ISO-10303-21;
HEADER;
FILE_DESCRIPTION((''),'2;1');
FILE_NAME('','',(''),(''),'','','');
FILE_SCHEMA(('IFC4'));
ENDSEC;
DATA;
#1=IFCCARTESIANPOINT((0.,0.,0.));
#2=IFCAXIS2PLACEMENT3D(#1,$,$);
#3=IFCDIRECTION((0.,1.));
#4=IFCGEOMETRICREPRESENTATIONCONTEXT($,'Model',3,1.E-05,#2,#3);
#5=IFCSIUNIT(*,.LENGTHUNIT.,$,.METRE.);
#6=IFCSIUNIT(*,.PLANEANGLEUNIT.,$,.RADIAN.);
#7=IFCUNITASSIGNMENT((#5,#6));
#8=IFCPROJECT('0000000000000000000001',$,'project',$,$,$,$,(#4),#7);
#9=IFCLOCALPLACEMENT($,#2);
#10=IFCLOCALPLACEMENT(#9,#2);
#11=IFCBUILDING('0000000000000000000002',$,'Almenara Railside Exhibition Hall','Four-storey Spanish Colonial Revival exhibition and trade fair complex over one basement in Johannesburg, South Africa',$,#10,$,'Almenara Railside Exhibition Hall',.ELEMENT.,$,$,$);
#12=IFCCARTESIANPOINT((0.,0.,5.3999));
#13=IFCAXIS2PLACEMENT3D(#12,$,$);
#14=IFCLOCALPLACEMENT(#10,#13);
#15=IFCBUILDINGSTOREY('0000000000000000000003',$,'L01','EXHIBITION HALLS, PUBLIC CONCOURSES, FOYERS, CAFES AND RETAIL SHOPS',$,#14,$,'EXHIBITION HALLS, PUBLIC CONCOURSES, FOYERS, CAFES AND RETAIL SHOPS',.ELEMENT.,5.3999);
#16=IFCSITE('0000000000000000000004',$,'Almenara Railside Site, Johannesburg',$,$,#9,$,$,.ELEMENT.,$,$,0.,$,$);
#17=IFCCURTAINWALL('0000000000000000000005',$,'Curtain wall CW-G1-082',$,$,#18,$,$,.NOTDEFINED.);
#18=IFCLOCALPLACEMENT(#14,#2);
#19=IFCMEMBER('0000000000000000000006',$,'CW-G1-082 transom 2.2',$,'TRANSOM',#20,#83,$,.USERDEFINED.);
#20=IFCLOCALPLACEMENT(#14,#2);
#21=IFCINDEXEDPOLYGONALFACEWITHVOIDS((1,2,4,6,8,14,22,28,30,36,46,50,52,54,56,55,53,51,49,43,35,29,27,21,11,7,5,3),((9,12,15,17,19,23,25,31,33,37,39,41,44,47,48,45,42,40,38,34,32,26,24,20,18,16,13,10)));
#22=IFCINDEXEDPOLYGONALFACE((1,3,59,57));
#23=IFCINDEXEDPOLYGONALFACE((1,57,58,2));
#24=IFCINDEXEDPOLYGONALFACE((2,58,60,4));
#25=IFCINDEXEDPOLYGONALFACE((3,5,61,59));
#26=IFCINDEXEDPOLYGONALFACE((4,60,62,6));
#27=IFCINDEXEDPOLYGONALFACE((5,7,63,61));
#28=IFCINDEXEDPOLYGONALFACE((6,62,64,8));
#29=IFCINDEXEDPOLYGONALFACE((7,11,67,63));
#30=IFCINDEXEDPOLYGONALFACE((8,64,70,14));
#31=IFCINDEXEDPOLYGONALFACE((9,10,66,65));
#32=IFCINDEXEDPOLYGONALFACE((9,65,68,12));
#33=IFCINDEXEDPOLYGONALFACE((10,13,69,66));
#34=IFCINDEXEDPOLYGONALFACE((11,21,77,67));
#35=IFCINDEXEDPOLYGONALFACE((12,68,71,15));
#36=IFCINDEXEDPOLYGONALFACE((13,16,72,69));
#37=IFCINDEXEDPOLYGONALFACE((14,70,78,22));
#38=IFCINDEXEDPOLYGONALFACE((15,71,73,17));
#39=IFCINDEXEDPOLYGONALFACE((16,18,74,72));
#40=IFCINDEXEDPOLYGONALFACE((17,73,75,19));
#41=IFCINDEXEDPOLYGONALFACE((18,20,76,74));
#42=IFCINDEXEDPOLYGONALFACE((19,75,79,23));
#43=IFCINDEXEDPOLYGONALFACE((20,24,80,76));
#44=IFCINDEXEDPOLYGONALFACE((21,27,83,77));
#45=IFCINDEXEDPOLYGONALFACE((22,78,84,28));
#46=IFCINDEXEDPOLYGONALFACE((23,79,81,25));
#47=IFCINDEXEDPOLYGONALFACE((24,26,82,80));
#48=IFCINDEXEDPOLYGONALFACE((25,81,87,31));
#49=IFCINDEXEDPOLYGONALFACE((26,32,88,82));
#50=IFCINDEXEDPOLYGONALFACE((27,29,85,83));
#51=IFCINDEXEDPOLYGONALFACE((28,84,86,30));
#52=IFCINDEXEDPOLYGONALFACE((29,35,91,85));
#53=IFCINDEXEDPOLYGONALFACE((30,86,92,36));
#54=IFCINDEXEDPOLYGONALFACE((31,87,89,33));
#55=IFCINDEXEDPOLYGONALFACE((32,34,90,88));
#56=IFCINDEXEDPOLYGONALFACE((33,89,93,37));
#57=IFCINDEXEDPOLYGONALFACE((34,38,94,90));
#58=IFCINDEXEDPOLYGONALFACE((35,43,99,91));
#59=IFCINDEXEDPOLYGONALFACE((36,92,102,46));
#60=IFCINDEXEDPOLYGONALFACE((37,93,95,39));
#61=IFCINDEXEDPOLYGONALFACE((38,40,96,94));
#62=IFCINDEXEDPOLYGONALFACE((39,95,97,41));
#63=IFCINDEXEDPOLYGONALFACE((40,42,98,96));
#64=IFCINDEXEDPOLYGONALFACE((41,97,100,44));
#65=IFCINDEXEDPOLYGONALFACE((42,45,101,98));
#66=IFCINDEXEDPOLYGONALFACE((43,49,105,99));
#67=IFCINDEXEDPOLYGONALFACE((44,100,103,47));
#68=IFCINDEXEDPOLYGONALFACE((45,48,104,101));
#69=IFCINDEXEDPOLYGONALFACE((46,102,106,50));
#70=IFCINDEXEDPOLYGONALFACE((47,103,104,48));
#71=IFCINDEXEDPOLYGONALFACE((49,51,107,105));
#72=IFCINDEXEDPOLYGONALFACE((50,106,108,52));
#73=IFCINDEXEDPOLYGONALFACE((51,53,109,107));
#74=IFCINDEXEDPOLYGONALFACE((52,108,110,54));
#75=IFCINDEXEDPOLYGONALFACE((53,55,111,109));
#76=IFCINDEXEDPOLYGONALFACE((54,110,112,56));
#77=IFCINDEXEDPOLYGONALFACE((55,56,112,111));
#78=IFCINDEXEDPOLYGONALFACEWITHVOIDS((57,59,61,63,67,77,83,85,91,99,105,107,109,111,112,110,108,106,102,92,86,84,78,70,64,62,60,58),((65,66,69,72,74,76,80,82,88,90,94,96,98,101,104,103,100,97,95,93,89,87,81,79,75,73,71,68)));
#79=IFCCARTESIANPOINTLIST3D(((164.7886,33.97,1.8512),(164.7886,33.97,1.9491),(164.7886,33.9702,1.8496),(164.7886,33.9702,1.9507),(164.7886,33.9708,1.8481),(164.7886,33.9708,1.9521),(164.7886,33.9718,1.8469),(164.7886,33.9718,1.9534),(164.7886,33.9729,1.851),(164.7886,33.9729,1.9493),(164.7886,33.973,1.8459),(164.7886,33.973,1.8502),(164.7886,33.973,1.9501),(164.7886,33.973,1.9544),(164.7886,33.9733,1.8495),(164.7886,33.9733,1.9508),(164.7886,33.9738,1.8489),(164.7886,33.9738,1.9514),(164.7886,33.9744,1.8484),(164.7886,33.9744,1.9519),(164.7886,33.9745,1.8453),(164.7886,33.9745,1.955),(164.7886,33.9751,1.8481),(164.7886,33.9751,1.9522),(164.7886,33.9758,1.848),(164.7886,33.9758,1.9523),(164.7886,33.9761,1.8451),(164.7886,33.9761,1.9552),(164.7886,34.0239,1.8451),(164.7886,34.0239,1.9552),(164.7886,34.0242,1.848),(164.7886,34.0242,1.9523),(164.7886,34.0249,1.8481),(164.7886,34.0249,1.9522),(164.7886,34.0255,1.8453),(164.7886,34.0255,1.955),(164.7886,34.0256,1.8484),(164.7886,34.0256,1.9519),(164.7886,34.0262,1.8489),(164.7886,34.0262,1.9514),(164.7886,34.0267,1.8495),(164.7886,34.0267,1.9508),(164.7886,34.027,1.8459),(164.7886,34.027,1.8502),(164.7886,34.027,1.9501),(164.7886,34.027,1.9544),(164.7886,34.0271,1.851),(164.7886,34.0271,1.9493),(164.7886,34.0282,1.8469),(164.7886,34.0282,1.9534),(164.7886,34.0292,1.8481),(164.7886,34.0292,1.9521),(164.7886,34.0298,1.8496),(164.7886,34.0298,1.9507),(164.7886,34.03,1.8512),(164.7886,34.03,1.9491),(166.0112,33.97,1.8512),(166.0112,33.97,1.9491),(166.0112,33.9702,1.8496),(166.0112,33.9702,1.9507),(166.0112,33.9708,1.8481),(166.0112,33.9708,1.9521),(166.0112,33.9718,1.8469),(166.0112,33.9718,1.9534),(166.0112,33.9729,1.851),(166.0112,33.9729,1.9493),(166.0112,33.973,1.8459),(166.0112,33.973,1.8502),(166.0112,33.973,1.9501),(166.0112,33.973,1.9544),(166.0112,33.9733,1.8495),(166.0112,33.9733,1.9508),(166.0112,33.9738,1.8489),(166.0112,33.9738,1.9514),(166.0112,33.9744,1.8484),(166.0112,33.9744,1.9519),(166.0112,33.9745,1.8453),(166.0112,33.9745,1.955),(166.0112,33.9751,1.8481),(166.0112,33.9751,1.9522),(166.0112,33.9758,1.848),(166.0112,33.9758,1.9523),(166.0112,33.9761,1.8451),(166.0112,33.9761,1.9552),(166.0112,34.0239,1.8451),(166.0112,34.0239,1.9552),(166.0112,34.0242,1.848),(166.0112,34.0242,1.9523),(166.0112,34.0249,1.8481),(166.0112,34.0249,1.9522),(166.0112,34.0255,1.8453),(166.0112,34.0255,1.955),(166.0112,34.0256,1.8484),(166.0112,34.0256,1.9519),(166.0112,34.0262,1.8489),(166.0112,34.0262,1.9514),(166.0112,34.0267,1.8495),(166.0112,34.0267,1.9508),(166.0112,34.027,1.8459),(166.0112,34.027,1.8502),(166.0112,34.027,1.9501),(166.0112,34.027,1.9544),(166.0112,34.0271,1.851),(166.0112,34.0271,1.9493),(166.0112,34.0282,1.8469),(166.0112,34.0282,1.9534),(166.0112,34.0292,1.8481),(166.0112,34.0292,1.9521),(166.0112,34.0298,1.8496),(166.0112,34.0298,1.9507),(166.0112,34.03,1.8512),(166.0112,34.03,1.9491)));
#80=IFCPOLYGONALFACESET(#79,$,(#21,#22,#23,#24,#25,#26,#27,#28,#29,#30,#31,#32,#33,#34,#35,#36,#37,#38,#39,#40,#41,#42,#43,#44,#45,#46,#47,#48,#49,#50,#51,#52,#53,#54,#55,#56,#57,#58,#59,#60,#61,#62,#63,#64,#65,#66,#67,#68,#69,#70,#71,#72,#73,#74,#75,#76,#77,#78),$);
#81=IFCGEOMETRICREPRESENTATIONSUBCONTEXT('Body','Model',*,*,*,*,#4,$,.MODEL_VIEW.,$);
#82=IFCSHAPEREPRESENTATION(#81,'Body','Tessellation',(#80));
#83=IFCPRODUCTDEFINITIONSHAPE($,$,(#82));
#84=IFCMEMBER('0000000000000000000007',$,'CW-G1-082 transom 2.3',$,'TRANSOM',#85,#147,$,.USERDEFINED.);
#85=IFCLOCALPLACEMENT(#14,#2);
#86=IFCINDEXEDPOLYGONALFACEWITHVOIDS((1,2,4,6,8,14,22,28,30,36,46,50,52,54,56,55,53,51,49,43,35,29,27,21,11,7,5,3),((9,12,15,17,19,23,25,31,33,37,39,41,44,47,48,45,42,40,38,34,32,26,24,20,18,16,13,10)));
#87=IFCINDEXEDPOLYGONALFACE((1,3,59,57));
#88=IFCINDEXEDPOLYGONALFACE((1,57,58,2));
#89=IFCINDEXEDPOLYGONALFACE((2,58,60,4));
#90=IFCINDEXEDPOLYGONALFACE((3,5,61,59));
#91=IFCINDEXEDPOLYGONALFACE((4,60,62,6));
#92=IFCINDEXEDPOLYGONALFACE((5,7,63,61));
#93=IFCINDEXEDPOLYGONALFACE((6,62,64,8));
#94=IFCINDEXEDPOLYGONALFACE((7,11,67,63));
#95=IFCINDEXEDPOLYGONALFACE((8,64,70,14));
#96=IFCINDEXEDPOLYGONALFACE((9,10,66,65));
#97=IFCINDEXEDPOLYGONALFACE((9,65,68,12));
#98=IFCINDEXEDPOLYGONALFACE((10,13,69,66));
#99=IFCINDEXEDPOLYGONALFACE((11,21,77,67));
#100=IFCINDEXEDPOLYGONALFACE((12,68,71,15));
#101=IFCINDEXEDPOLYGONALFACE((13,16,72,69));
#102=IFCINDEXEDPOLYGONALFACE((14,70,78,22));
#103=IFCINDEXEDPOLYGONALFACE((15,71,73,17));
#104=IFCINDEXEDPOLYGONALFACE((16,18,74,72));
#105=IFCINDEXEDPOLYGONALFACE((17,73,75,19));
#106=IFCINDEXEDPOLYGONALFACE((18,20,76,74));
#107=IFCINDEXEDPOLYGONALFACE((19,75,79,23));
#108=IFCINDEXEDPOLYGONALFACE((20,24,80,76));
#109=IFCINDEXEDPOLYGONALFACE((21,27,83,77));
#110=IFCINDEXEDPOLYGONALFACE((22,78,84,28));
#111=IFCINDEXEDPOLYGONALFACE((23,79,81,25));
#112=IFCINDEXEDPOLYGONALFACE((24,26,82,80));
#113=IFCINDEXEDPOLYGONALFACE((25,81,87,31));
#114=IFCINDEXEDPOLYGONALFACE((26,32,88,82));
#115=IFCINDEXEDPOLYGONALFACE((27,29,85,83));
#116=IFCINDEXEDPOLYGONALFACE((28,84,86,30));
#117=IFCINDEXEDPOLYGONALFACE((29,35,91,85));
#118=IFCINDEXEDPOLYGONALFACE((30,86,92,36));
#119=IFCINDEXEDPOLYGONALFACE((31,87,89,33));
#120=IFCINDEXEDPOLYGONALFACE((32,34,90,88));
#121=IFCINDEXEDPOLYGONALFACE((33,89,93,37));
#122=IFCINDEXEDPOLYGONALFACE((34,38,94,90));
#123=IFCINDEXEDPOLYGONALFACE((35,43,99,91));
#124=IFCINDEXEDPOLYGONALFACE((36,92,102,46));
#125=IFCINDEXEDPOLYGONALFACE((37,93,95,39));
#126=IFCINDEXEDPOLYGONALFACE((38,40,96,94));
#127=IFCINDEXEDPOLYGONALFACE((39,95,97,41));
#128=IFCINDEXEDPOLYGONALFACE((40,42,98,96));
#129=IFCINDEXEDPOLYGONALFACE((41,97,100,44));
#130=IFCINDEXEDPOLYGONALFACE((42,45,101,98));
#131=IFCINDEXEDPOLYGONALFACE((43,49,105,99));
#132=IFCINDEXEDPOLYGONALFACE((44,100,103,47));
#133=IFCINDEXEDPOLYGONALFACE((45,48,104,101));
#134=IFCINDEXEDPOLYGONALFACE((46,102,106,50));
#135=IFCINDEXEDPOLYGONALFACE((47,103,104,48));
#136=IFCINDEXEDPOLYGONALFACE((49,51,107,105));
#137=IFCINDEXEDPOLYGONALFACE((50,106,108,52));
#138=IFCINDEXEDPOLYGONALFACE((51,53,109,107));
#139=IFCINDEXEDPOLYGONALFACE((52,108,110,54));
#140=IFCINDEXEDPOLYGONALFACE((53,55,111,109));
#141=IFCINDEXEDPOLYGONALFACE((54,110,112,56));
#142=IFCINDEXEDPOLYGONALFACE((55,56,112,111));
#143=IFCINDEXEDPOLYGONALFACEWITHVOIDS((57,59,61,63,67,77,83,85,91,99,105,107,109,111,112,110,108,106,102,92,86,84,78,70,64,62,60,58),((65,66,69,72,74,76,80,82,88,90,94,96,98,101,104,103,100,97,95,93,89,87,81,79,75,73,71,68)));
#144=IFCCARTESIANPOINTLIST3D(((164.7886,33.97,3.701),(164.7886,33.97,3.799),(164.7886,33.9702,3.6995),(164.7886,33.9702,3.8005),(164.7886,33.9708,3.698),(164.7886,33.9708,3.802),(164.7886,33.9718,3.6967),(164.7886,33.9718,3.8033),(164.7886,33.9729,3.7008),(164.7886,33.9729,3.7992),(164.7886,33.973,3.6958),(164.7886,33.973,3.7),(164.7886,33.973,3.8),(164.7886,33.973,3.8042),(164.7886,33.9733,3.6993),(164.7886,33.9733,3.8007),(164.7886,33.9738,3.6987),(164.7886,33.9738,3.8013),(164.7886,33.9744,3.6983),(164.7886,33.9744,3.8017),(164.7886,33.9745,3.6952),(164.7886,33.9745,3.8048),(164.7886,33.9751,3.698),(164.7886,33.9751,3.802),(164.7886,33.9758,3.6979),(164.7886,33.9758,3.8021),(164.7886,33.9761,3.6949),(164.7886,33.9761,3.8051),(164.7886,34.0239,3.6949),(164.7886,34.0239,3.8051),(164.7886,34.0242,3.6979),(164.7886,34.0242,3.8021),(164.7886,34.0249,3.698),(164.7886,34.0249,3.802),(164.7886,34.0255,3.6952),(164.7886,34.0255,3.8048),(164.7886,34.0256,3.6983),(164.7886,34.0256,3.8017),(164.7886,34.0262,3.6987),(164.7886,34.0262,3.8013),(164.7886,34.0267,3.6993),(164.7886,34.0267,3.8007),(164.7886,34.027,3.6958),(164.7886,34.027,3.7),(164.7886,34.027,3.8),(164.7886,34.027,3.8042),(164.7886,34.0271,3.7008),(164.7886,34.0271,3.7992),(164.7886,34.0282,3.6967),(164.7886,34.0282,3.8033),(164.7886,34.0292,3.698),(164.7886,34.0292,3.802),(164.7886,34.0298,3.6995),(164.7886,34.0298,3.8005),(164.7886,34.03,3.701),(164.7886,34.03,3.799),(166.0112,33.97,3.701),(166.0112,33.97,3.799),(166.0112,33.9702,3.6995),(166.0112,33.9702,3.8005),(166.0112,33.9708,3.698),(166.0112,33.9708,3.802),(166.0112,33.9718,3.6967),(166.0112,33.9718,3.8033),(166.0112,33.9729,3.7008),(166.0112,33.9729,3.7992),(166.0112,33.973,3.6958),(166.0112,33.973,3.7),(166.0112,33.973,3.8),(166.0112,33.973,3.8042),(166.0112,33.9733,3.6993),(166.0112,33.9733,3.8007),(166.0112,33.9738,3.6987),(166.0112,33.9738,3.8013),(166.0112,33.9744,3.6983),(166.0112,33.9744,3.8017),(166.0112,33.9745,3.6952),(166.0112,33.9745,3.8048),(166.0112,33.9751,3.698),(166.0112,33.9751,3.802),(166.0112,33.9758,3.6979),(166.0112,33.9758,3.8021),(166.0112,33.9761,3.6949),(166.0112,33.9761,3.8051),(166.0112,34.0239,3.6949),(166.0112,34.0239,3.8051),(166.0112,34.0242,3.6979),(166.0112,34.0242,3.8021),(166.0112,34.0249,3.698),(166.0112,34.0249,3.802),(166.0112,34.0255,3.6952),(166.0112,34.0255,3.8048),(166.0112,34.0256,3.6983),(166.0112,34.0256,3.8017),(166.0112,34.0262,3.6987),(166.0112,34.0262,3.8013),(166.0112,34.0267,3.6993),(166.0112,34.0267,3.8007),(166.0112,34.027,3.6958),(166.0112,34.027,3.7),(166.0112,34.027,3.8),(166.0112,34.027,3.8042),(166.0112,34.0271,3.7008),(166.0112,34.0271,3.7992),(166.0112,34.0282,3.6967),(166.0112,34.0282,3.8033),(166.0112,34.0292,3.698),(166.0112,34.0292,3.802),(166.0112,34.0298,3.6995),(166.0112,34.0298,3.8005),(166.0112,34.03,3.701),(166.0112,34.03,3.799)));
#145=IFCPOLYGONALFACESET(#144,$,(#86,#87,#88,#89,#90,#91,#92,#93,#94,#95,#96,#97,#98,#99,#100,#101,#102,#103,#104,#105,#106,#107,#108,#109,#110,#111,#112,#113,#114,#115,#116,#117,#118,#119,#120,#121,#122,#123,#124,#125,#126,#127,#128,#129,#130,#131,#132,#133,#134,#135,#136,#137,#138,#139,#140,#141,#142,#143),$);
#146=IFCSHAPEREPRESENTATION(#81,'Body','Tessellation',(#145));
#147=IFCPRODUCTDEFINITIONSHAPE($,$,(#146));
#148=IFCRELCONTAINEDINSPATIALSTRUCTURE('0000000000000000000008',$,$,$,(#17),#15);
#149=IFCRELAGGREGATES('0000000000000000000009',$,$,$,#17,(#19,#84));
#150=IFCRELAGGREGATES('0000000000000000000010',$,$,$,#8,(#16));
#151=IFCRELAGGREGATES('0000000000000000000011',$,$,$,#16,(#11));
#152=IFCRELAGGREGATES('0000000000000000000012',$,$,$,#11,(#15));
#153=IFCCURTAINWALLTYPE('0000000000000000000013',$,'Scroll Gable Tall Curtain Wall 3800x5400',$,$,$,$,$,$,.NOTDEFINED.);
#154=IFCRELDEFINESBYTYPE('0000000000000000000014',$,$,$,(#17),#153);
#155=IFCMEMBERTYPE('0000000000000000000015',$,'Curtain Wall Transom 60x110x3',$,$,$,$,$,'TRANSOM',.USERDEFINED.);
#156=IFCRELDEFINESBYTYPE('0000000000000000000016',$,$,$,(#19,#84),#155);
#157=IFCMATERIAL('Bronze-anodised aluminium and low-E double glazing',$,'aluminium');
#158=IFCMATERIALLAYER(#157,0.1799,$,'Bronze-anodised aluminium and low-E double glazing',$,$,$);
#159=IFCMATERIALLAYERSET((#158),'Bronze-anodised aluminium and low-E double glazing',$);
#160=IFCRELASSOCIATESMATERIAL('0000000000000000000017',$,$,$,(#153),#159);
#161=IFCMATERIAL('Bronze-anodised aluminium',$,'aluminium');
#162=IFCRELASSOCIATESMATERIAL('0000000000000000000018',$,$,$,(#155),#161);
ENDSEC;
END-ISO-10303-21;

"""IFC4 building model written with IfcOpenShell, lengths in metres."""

from ifc_helpers import new_model, si_unit, direction, frame, origin, origin_2d, place, context, subcontext, project, spatial, hollow_rectangle, extrude, material, layer, layer_set, material_profile, profile_set, type_object, element, aggregate, save


model = new_model("IFC4")

# Units and contexts
model_context = context("Model", 3, precision=1e-05, world=origin(), true_north=direction((0.0, 1.0)))
body_context = subcontext(model_context, "Body", "Model", "MODEL_VIEW")
ifc_project = project(units=[si_unit("LENGTHUNIT", "METRE"), si_unit("PLANEANGLEUNIT", "RADIAN")], contexts=[model_context])

# Site, building, storey
site_placement = place(None, origin())
site = spatial("IfcSite", under=ifc_project, at=site_placement, Name="Almenara Railside Site, Johannesburg", CompositionType="ELEMENT", RefElevation=0.0)
building_placement = place(site_placement, origin())
building = spatial("IfcBuilding", under=site, at=building_placement, Name="Almenara Railside Exhibition Hall", Description="Four-storey Spanish Colonial Revival exhibition and trade fair complex over one basement in Johannesburg, South Africa", LongName="Almenara Railside Exhibition Hall", CompositionType="ELEMENT")
storey_placement = place(building_placement, frame((0.0, 0.0, 5.3999)))
storey = spatial("IfcBuildingStorey", under=building, at=storey_placement, Name="L01", Description="EXHIBITION HALLS, PUBLIC CONCOURSES, FOYERS, CAFES AND RETAIL SHOPS", LongName="EXHIBITION HALLS, PUBLIC CONCOURSES, FOYERS, CAFES AND RETAIL SHOPS", CompositionType="ELEMENT", Elevation=5.3999)

# Shared definitions
ifc_material_1 = material(Name="Bronze-anodised aluminium and low-E double glazing", Category="aluminium")
ifc_layer_1 = layer(ifc_material_1, 0.1799, Name="Bronze-anodised aluminium and low-E double glazing")
ifc_layer_set_1 = layer_set([ifc_layer_1], Name="Bronze-anodised aluminium and low-E double glazing")
curtain_wall_type = type_object("IfcCurtainWallType", Name="Scroll Gable Tall Curtain Wall 3800x5400", PredefinedType="NOTDEFINED", material=ifc_layer_set_1)
ifc_material_2 = material(Name="Bronze-anodised aluminium", Category="aluminium")

# Curtain wall, members
curtain_wall_1_placement = place(storey_placement, origin())
curtain_wall_1 = element("IfcCurtainWall", 1, at=curtain_wall_1_placement, inside=storey, type_object=curtain_wall_type, Name="Curtain wall CW-G1-082", PredefinedType="NOTDEFINED")
ifc_material_profile_1 = material_profile(ifc_material_2, hollow_rectangle(XDim=0.0601, YDim=0.1101, WallThickness=0.0029, InnerFilletRadius=0.0029, OuterFilletRadius=0.0061, at=origin_2d()), Name="ALU-TRN 60x110x3")
ifc_profile_set_1 = profile_set([ifc_material_profile_1], Name="Bronze-anodised aluminium")
member_type_1 = type_object("IfcMemberType", Name="Curtain Wall Transom 60x110x3", ElementType="TRANSOM", PredefinedType="USERDEFINED", material=ifc_profile_set_1)
member_1_placement = place(storey_placement, frame((164.7886, 34.0, 1.9001), z_axis=(1.0, 0.0, 0.0), x_axis=(0.0, 1.0, 0.0)))
member_1 = element("IfcMember", 2, at=member_1_placement, type_object=member_type_1, Name="CW-G1-082 transom 2.2", ObjectType="TRANSOM", PredefinedType="USERDEFINED", context=body_context, shape_type="SweptSolid", body=[
    extrude(hollow_rectangle(XDim=0.0601, YDim=0.1101, WallThickness=0.0029, InnerFilletRadius=0.0029, OuterFilletRadius=0.0061, at=origin_2d()), origin(), (0.0, 0.0, 1.0), 1.2227),
])
member_2_placement = place(storey_placement, frame((164.7886, 34.0, 3.75), z_axis=(1.0, 0.0, 0.0), x_axis=(0.0, 1.0, 0.0)))
member_2 = element("IfcMember", 3, at=member_2_placement, type_object=member_type_1, Name="CW-G1-082 transom 2.3", ObjectType="TRANSOM", PredefinedType="USERDEFINED", context=body_context, shape_type="SweptSolid", body=[
    extrude(hollow_rectangle(XDim=0.0601, YDim=0.1101, WallThickness=0.0029, InnerFilletRadius=0.0029, OuterFilletRadius=0.0061, at=origin_2d()), origin(), (0.0, 0.0, 1.0), 1.2227),
])
aggregate(curtain_wall_1, [member_1, member_2])

save(model, "model.ifc")
